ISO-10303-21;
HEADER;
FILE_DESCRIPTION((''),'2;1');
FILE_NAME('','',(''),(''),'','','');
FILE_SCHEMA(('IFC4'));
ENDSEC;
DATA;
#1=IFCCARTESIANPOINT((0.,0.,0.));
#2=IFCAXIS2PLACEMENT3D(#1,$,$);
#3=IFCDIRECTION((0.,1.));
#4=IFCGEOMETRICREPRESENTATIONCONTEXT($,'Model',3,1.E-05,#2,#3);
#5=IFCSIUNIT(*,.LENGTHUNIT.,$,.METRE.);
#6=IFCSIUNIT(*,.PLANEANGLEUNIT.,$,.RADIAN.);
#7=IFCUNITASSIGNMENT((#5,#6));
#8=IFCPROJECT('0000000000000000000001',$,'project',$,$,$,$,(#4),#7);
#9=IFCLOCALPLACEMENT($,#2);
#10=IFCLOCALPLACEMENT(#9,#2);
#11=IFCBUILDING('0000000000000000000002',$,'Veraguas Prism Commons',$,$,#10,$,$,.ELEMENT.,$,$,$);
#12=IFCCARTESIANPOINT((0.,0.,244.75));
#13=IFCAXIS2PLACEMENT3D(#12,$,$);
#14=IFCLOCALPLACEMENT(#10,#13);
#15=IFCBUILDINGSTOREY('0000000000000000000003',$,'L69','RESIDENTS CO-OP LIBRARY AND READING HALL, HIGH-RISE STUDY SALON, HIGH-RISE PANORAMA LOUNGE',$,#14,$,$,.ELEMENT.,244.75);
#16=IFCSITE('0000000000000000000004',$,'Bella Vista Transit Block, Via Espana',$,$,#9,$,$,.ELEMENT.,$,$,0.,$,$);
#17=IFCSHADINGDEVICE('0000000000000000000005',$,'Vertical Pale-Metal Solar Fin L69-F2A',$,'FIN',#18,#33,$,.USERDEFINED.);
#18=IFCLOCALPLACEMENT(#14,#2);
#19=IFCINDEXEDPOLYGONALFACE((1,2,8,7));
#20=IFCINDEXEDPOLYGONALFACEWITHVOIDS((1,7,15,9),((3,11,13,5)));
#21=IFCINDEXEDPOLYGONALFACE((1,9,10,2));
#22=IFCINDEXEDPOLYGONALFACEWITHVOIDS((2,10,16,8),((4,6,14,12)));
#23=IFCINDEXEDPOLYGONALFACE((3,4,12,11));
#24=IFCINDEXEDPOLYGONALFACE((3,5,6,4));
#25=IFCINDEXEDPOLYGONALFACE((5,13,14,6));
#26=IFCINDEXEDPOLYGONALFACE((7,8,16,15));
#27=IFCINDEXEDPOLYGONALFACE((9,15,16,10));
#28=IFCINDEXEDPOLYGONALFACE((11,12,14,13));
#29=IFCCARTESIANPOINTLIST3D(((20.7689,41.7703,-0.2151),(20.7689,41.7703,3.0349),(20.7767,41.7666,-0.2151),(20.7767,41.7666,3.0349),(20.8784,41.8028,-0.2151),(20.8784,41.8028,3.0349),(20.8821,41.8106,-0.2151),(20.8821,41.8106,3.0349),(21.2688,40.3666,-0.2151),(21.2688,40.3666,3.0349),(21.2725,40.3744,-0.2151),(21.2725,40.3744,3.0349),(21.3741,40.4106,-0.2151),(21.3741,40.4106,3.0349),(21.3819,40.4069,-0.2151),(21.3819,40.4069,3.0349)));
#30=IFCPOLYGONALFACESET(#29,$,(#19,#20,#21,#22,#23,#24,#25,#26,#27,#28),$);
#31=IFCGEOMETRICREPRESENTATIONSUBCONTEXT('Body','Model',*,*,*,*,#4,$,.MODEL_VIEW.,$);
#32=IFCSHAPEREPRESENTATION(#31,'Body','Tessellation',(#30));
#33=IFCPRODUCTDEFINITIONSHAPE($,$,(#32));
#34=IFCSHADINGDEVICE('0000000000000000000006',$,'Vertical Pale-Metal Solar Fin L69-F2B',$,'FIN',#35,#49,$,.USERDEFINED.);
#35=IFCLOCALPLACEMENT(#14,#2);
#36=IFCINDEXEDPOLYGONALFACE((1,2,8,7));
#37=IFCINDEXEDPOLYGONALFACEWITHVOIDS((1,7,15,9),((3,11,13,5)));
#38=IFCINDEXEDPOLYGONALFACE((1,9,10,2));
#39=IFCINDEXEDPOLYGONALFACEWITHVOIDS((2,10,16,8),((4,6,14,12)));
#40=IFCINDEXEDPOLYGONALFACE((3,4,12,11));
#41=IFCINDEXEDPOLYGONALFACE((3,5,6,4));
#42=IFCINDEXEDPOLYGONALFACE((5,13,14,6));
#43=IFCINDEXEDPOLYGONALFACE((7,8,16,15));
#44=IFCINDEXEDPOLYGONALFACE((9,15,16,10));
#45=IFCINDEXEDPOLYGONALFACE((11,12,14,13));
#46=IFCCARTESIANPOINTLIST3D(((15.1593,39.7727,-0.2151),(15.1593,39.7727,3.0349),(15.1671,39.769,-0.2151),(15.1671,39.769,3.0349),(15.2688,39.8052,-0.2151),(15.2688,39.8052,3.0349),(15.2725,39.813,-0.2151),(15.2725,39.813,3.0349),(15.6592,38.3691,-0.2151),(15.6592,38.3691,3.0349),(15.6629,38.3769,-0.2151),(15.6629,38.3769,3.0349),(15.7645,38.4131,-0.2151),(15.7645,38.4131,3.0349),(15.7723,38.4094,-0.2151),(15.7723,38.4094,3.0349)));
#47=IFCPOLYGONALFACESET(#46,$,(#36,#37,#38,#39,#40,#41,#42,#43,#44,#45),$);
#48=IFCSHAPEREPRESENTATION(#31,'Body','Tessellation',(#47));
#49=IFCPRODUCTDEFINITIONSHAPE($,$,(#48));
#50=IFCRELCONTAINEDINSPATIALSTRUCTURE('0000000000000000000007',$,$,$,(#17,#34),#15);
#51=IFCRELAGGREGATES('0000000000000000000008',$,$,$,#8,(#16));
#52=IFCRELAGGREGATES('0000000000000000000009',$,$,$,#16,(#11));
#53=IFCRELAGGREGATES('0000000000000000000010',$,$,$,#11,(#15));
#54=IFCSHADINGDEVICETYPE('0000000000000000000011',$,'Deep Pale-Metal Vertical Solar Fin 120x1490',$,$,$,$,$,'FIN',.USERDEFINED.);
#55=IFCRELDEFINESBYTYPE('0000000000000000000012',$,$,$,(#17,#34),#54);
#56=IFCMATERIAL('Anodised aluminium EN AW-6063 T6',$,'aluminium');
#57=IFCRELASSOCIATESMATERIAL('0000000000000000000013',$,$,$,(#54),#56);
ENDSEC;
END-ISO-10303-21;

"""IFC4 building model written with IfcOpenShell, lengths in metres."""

from ifc_helpers import new_model, si_unit, direction, frame, origin, origin_2d, place, context, subcontext, project, spatial, hollow_rectangle, extrude, material, material_profile, profile_set, type_object, element, save


model = new_model("IFC4")

# Units and contexts
model_context = context("Model", 3, precision=1e-05, world=origin(), true_north=direction((0.0, 1.0)))
body_context = subcontext(model_context, "Body", "Model", "MODEL_VIEW")
ifc_project = project(units=[si_unit("LENGTHUNIT", "METRE"), si_unit("PLANEANGLEUNIT", "RADIAN")], contexts=[model_context])

# Site, building, storey
site_placement = place(None, origin())
site = spatial("IfcSite", under=ifc_project, at=site_placement, Name="Bella Vista Transit Block, Via Espana", CompositionType="ELEMENT", RefElevation=0.0)
building_placement = place(site_placement, origin())
building = spatial("IfcBuilding", under=site, at=building_placement, Name="Veraguas Prism Commons", CompositionType="ELEMENT")
storey_placement = place(building_placement, frame((0.0, 0.0, 244.75)))
storey = spatial("IfcBuildingStorey", under=building, at=storey_placement, Name="L69", Description="RESIDENTS CO-OP LIBRARY AND READING HALL, HIGH-RISE STUDY SALON, HIGH-RISE PANORAMA LOUNGE", CompositionType="ELEMENT", Elevation=244.75)

# Shared definitions
ifc_material_1 = material(Name="Anodised aluminium EN AW-6063 T6", Category="aluminium")

# Shading devices
ifc_material_profile_1 = material_profile(ifc_material_1, hollow_rectangle(XDim=0.1201, YDim=1.49, WallThickness=0.0061, at=origin_2d()), Name="FIN120X1490X6")
ifc_profile_set_1 = profile_set([ifc_material_profile_1], Name="Anodised aluminium EN AW-6063 T6")
shading_device_type = type_object("IfcShadingDeviceType", Name="Deep Pale-Metal Vertical Solar Fin 120x1490", ElementType="FIN", PredefinedType="USERDEFINED", material=ifc_profile_set_1)
for number, where, z_axis, x_axis, name in (
    (1, (21.0754, 41.0886, -0.2151), (0.0, 0.0, 1.0), (-0.942056, -0.335455, 0.0), "Vertical Pale-Metal Solar Fin L69-F2A"),
    (2, (15.4658, 39.0911, -0.2151), (0.0, 0.0, 1.0), (-0.942056, -0.335455, 0.0), "Vertical Pale-Metal Solar Fin L69-F2B"),
):
    element("IfcShadingDevice", number, at=place(storey_placement, frame(where, z_axis=z_axis, x_axis=x_axis)), inside=storey, type_object=shading_device_type, Name=name, ObjectType="FIN", PredefinedType="USERDEFINED", context=body_context, shape_type="SweptSolid", body=[
        extrude(hollow_rectangle(XDim=0.1201, YDim=1.49, WallThickness=0.0061, at=origin_2d()), origin(), (0.0, 0.0, 1.0), 3.25),
    ])

save(model, "model.ifc")
